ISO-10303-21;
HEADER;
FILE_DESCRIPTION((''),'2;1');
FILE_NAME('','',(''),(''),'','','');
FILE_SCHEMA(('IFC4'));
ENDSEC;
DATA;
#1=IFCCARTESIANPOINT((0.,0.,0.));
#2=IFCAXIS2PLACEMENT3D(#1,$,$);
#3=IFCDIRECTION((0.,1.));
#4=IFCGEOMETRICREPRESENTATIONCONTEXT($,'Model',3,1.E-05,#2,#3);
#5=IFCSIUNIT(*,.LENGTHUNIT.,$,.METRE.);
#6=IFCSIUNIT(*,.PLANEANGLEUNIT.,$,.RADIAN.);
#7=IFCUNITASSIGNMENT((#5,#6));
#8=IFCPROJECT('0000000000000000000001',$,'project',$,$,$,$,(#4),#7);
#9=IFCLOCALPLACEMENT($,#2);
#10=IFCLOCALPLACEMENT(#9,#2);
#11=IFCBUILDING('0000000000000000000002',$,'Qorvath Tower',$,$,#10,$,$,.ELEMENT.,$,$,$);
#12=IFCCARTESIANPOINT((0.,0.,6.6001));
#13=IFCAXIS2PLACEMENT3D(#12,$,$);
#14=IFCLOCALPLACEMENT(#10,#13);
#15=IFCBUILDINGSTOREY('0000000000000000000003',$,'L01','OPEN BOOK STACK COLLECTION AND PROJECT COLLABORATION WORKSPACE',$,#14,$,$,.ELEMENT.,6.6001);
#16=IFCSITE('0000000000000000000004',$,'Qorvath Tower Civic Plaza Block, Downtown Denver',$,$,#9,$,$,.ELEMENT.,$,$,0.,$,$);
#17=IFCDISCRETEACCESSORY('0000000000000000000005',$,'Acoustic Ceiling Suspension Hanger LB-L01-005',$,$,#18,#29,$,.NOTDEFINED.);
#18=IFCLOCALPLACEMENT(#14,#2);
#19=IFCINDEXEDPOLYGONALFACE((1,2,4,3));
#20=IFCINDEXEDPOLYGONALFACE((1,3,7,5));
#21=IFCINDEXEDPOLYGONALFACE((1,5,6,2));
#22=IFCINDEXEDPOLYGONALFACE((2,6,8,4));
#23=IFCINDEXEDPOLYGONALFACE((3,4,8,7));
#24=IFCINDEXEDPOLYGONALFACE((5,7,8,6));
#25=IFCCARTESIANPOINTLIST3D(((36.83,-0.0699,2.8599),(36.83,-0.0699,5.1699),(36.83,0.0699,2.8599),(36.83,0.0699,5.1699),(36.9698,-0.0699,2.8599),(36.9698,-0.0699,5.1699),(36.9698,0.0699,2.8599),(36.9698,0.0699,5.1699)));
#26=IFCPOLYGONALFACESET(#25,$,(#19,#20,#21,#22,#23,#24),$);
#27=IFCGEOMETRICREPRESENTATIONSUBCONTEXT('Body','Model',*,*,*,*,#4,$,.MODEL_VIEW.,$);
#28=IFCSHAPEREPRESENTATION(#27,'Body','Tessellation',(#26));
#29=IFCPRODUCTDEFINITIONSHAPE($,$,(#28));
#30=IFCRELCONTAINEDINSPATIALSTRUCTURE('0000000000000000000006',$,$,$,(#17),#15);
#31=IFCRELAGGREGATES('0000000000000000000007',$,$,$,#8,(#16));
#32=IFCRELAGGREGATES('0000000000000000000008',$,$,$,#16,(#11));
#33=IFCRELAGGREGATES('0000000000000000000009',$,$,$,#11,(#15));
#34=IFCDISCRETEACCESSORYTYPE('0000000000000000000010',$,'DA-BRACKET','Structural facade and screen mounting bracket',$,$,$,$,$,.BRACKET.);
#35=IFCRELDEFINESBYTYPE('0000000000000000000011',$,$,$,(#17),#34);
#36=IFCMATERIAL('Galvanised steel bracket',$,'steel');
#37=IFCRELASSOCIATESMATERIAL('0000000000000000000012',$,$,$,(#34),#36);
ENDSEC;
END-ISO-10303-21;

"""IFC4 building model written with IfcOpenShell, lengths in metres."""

from ifc_helpers import new_model, si_unit, direction, frame, origin, origin_2d, place, context, subcontext, project, spatial, rectangle, extrude, material, type_object, element, save


model = new_model("IFC4")

# Units and contexts
model_context = context("Model", 3, precision=1e-05, world=origin(), true_north=direction((0.0, 1.0)))
body_context = subcontext(model_context, "Body", "Model", "MODEL_VIEW")
ifc_project = project(units=[si_unit("LENGTHUNIT", "METRE"), si_unit("PLANEANGLEUNIT", "RADIAN")], contexts=[model_context])

# Site, building, storey
site_placement = place(None, origin())
site = spatial("IfcSite", under=ifc_project, at=site_placement, Name="Qorvath Tower Civic Plaza Block, Downtown Denver", CompositionType="ELEMENT", RefElevation=0.0)
building_placement = place(site_placement, origin())
building = spatial("IfcBuilding", under=site, at=building_placement, Name="Qorvath Tower", CompositionType="ELEMENT")
storey_placement = place(building_placement, frame((0.0, 0.0, 6.6001)))
storey = spatial("IfcBuildingStorey", under=building, at=storey_placement, Name="L01", Description="OPEN BOOK STACK COLLECTION AND PROJECT COLLABORATION WORKSPACE", CompositionType="ELEMENT", Elevation=6.6001)

# Discrete accessory
ifc_material_1 = material(Name="Galvanised steel bracket", Category="steel")
discrete_accessory_type = type_object("IfcDiscreteAccessoryType", Name="DA-BRACKET", Description="Structural facade and screen mounting bracket", PredefinedType="BRACKET", material=ifc_material_1)
discrete_accessory_placement = place(storey_placement, frame((36.8999, 0.0, 2.8599), z_axis=(0.0, 0.0, 1.0), x_axis=(1.0, 0.0, 0.0)))
element("IfcDiscreteAccessory", 1, at=discrete_accessory_placement, inside=storey, type_object=discrete_accessory_type, Name="Acoustic Ceiling Suspension Hanger LB-L01-005", PredefinedType="NOTDEFINED", context=body_context, shape_type="SweptSolid", body=[
    extrude(rectangle(XDim=0.1399, YDim=0.1399, at=origin_2d()), origin(), (0.0, 0.0, 1.0), 2.3101),
])

save(model, "model.ifc")
